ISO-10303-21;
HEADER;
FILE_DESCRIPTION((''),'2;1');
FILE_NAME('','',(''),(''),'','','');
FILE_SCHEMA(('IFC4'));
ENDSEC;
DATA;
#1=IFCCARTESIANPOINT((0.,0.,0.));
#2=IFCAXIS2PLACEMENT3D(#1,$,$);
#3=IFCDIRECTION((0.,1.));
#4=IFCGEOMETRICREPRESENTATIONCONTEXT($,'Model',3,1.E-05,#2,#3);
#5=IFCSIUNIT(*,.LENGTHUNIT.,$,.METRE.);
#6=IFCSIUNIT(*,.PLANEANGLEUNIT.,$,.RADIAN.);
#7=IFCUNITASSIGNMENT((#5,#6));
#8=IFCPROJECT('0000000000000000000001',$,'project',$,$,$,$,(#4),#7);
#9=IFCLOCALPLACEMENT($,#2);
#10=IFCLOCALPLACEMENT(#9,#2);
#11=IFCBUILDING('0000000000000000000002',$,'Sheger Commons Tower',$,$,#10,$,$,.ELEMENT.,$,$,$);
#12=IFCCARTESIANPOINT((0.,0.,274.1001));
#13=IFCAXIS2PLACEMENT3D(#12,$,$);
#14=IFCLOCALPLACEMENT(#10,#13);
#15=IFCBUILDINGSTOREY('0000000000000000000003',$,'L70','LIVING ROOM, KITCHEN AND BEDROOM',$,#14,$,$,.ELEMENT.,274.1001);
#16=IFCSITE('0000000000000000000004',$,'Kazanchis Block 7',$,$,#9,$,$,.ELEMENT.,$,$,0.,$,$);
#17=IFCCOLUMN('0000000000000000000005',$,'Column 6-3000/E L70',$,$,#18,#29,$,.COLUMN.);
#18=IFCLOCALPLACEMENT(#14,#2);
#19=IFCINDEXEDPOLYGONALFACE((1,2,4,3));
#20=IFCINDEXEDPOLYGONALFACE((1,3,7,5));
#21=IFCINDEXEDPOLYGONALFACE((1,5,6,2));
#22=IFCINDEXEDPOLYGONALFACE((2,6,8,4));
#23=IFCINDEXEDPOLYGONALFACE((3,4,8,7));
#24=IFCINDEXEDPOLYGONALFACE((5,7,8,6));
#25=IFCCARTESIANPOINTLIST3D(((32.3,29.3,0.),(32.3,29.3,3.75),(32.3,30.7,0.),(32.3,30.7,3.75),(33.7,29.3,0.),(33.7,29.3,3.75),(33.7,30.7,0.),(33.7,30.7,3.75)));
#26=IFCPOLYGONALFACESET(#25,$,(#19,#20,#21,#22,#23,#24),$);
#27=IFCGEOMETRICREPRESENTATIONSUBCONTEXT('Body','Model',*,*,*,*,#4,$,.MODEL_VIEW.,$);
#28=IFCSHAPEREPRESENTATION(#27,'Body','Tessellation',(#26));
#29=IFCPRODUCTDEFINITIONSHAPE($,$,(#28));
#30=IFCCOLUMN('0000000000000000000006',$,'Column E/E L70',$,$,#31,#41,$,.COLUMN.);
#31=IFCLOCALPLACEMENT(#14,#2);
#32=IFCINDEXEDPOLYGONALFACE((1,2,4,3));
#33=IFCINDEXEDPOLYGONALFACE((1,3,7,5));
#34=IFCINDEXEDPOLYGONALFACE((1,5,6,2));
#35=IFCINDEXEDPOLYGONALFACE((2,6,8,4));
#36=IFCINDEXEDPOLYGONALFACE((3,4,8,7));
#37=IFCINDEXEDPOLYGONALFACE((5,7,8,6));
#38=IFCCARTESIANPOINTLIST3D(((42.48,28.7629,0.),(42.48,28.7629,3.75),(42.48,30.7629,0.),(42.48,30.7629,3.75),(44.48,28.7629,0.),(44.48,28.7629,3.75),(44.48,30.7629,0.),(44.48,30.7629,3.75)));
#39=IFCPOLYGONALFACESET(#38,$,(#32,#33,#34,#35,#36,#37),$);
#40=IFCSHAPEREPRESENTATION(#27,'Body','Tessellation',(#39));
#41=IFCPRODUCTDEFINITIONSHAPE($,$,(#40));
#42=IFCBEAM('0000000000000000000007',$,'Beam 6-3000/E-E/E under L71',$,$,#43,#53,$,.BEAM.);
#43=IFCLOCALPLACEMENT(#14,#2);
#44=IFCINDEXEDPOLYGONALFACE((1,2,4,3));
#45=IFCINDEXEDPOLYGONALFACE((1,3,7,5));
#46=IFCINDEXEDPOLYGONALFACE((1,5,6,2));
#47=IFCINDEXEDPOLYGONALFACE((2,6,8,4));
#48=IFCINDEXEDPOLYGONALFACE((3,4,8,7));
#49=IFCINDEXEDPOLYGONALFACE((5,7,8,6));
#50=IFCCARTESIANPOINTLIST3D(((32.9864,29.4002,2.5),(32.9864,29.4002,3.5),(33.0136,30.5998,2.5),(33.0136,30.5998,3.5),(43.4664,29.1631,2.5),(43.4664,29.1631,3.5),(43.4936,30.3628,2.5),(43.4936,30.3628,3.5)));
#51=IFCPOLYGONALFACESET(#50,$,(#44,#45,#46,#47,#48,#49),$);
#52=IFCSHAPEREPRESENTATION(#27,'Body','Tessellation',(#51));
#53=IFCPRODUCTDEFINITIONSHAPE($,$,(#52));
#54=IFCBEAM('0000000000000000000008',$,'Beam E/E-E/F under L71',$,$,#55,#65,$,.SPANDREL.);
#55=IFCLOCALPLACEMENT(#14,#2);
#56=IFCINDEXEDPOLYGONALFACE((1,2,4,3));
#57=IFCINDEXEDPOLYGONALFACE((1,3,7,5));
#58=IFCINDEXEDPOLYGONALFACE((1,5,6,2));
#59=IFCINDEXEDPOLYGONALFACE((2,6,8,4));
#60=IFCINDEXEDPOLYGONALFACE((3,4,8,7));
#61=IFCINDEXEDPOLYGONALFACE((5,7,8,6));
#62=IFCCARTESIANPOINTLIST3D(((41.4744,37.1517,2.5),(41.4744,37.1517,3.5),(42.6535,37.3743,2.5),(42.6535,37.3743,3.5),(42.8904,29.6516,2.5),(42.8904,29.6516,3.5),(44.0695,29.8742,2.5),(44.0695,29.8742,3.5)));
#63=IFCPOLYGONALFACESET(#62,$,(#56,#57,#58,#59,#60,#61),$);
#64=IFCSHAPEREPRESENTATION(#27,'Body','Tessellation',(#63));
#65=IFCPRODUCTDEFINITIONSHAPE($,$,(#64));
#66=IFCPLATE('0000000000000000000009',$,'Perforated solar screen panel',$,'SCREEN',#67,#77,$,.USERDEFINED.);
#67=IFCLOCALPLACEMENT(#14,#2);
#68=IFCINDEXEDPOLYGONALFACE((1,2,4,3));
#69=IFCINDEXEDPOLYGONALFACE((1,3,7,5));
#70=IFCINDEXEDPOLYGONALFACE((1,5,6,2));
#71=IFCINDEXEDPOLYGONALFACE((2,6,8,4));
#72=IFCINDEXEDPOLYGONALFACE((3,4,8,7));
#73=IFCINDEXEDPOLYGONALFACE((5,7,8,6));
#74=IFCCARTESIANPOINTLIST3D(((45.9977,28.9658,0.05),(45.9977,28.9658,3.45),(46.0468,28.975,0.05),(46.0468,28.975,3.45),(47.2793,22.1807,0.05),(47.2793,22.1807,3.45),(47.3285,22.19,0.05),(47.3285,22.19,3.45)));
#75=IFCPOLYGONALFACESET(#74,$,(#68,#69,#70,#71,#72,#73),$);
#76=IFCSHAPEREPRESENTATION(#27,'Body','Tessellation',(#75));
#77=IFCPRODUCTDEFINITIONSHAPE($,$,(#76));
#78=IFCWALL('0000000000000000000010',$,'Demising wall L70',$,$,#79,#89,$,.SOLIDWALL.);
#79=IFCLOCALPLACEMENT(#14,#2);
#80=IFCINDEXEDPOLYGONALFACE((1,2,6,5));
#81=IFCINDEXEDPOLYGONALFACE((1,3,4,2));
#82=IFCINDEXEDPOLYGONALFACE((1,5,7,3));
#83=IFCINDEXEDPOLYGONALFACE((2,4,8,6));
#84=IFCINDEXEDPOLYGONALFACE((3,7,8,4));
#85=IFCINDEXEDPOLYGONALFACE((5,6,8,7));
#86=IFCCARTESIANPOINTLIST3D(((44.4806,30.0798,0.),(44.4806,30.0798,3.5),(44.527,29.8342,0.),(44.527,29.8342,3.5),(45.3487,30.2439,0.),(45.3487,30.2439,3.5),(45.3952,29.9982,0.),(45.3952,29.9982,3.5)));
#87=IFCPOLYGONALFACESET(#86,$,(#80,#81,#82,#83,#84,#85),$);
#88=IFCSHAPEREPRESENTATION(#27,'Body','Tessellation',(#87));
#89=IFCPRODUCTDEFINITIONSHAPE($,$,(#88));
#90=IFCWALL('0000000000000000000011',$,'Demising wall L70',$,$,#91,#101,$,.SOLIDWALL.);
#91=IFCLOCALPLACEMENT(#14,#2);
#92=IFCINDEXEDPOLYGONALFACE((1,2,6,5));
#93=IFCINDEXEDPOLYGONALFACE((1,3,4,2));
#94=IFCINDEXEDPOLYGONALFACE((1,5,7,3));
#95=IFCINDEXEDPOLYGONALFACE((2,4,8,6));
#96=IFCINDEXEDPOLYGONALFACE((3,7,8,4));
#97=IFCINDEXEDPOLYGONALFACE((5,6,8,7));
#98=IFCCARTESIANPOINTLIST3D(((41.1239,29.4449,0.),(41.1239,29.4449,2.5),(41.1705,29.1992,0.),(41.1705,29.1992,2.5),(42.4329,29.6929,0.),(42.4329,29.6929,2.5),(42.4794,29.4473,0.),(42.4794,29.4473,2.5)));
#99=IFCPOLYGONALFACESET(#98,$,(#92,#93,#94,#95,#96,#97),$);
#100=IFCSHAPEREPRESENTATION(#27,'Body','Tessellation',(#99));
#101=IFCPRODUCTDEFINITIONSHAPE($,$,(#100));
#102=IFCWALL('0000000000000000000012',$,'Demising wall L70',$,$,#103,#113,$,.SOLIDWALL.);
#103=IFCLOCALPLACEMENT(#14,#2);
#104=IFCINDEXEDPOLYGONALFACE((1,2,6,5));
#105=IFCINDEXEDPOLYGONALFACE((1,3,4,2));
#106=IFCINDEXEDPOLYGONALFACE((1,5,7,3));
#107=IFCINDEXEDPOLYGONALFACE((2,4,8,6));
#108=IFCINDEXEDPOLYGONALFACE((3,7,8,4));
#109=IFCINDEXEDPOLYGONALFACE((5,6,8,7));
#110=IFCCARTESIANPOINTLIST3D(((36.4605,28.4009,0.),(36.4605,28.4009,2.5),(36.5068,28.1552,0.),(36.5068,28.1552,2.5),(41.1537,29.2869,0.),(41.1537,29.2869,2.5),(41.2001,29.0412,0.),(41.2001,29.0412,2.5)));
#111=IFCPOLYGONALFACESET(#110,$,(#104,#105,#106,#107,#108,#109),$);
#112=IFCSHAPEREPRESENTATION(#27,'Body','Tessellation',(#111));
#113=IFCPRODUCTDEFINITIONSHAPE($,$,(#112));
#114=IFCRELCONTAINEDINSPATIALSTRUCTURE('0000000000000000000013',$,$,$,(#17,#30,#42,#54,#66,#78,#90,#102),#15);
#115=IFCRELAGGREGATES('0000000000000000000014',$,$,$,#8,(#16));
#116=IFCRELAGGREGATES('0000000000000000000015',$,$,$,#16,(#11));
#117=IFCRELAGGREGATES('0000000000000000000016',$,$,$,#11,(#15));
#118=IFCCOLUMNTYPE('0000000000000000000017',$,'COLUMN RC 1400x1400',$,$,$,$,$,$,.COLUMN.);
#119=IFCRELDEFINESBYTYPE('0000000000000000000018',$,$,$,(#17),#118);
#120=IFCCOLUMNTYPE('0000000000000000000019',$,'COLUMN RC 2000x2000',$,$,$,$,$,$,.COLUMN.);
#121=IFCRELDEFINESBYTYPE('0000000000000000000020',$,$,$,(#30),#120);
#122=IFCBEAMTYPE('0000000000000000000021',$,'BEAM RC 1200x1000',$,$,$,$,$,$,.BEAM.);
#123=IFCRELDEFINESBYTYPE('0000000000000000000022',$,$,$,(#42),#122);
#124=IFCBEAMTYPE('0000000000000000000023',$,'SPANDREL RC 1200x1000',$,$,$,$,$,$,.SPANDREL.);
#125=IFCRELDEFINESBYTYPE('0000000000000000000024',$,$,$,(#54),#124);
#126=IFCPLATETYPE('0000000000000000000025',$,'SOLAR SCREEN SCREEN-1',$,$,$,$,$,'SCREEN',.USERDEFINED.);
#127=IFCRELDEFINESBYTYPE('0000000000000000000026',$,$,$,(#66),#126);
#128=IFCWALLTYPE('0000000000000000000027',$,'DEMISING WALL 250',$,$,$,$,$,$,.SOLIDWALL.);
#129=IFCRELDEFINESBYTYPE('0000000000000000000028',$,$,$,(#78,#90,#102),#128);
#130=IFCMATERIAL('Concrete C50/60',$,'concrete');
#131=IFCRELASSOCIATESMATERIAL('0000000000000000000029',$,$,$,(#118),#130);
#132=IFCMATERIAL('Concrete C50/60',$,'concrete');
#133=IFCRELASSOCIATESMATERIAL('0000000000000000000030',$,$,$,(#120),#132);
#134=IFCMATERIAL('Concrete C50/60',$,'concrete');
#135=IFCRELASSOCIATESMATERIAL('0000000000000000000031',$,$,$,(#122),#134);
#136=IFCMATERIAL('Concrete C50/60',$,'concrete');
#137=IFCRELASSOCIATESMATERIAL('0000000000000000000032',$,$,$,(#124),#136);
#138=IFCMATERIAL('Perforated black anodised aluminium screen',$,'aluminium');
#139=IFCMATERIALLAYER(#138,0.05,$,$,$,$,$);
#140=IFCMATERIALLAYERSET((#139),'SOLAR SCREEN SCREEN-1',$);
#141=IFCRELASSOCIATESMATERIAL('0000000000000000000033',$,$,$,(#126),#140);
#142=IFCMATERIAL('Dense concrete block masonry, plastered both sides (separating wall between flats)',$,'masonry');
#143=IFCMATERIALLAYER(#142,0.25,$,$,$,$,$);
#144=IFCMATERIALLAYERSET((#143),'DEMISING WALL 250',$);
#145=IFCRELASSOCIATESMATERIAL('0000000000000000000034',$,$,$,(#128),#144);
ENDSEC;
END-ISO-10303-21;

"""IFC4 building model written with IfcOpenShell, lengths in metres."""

from ifc_helpers import new_model, si_unit, direction, frame, frame_2d, origin, origin_2d, place, context, subcontext, project, spatial, rectangle, extrude, material, layer, layer_set, material_profile, profile_set, type_object, element, save


model = new_model("IFC4")

# Units and contexts
model_context = context("Model", 3, precision=1e-05, world=origin(), true_north=direction((0.0, 1.0)))
body_context = subcontext(model_context, "Body", "Model", "MODEL_VIEW")
ifc_project = project(units=[si_unit("LENGTHUNIT", "METRE"), si_unit("PLANEANGLEUNIT", "RADIAN")], contexts=[model_context])

# Site, building, storey
site_placement = place(None, origin())
site = spatial("IfcSite", under=ifc_project, at=site_placement, Name="Kazanchis Block 7", CompositionType="ELEMENT", RefElevation=0.0)
building_placement = place(site_placement, origin())
building = spatial("IfcBuilding", under=site, at=building_placement, Name="Sheger Commons Tower", CompositionType="ELEMENT")
storey_placement = place(building_placement, frame((0.0, 0.0, 274.1001)))
storey = spatial("IfcBuildingStorey", under=building, at=storey_placement, Name="L70", Description="LIVING ROOM, KITCHEN AND BEDROOM", CompositionType="ELEMENT", Elevation=274.1001)

# Columns
ifc_material_1 = material(Name="Concrete C50/60", Category="concrete")
ifc_material_profile_1 = material_profile(ifc_material_1, rectangle(XDim=1.3999, YDim=1.3999, at=origin_2d()), Name="RC 1400x1400")
ifc_profile_set_1 = profile_set([ifc_material_profile_1], Name="Concrete C50/60")
column_type_1 = type_object("IfcColumnType", Name="COLUMN RC 1400x1400", PredefinedType="COLUMN", material=ifc_profile_set_1)
column_1_placement = place(storey_placement, frame((33.0, 30.0, 0.0), z_axis=(0.0, 0.0, 1.0), x_axis=(1.0, 0.0, 0.0)))
element("IfcColumn", 1, at=column_1_placement, inside=storey, type_object=column_type_1, Name="Column 6-3000/E L70", PredefinedType="COLUMN", context=body_context, shape_type="SweptSolid", body=[
    extrude(rectangle(XDim=1.3999, YDim=1.3999, at=origin_2d()), origin(), (0.0, 0.0, 1.0), 3.75),
])
ifc_material_2 = material(Name="Concrete C50/60", Category="concrete")
ifc_material_profile_2 = material_profile(ifc_material_2, rectangle(XDim=2.0, YDim=2.0, at=origin_2d()), Name="RC 2000x2000")
ifc_profile_set_2 = profile_set([ifc_material_profile_2], Name="Concrete C50/60")
column_type_2 = type_object("IfcColumnType", Name="COLUMN RC 2000x2000", PredefinedType="COLUMN", material=ifc_profile_set_2)
column_2_placement = place(storey_placement, frame((43.48, 29.7629, 0.0), z_axis=(0.0, 0.0, 1.0), x_axis=(1.0, 0.0, 0.0)))
element("IfcColumn", 2, at=column_2_placement, inside=storey, type_object=column_type_2, Name="Column E/E L70", PredefinedType="COLUMN", context=body_context, shape_type="SweptSolid", body=[
    extrude(rectangle(XDim=2.0, YDim=2.0, at=origin_2d()), origin(), (0.0, 0.0, 1.0), 3.75),
])

# Beams
ifc_material_3 = material(Name="Concrete C50/60", Category="concrete")
ifc_material_profile_3 = material_profile(ifc_material_3, rectangle(XDim=1.2, YDim=1.0, at=origin_2d()), Name="RC 1200x1000")
ifc_profile_set_3 = profile_set([ifc_material_profile_3], Name="Concrete C50/60")
beam_type_1 = type_object("IfcBeamType", Name="BEAM RC 1200x1000", PredefinedType="BEAM", material=ifc_profile_set_3)
beam_1_placement = place(storey_placement, frame((33.0, 30.0, 3.0), z_axis=(0.999744, -0.022615, 0.0), x_axis=(0.022615, 0.999744, 0.0)))
element("IfcBeam", 3, at=beam_1_placement, inside=storey, type_object=beam_type_1, Name="Beam 6-3000/E-E/E under L71", PredefinedType="BEAM", context=body_context, shape_type="SweptSolid", body=[
    extrude(rectangle(XDim=1.2, YDim=1.0, at=origin_2d()), origin(), (0.0, 0.0, 1.0), 10.4827),
])
ifc_material_4 = material(Name="Concrete C50/60", Category="concrete")
ifc_material_profile_4 = material_profile(ifc_material_4, rectangle(XDim=1.2, YDim=1.0, at=origin_2d()), Name="RC 1200x1000")
ifc_profile_set_4 = profile_set([ifc_material_profile_4], Name="Concrete C50/60")
beam_type_2 = type_object("IfcBeamType", Name="SPANDREL RC 1200x1000", PredefinedType="SPANDREL", material=ifc_profile_set_4)
beam_2_placement = place(storey_placement, frame((43.48, 29.7629, 3.0), z_axis=(-0.185524, 0.98264, 0.0), x_axis=(-0.98264, -0.185524, 0.0)))
element("IfcBeam", 4, at=beam_2_placement, inside=storey, type_object=beam_type_2, Name="Beam E/E-E/F under L71", PredefinedType="SPANDREL", context=body_context, shape_type="SweptSolid", body=[
    extrude(rectangle(XDim=1.2, YDim=1.0, at=origin_2d()), origin(), (0.0, 0.0, 1.0), 7.6326),
])

# Plate
ifc_material_5 = material(Name="Perforated black anodised aluminium screen", Category="aluminium")
ifc_layer_1 = layer(ifc_material_5, 0.05)
ifc_layer_set_1 = layer_set([ifc_layer_1], Name="SOLAR SCREEN SCREEN-1")
plate_type = type_object("IfcPlateType", Name="SOLAR SCREEN SCREEN-1", ElementType="SCREEN", PredefinedType="USERDEFINED", material=ifc_layer_set_1)
plate_placement = place(storey_placement, frame((46.6631, 25.5779, 0.05), z_axis=(0.0, 0.0, 1.0), x_axis=(-0.185615, 0.982623, 0.0)))
element("IfcPlate", 5, at=plate_placement, inside=storey, type_object=plate_type, Name="Perforated solar screen panel", ObjectType="SCREEN", PredefinedType="USERDEFINED", context=body_context, shape_type="SweptSolid", body=[
    extrude(rectangle(XDim=6.905, YDim=0.05, at=origin_2d()), origin(), (0.0, 0.0, 1.0), 3.3999),
])

# Walls
ifc_material_6 = material(Name="Dense concrete block masonry, plastered both sides (separating wall between flats)", Category="masonry")
ifc_layer_2 = layer(ifc_material_6, 0.25)
ifc_layer_set_2 = layer_set([ifc_layer_2], Name="DEMISING WALL 250")
wall_type_1 = type_object("IfcWallType", Name="DEMISING WALL 250", PredefinedType="SOLIDWALL", material=ifc_layer_set_2)
wall_1_placement = place(storey_placement, frame((45.3721, 30.1211, 0.0), z_axis=(0.0, 0.0, 1.0), x_axis=(-0.982608, -0.18569, 0.0)))
element("IfcWall", 6, at=wall_1_placement, inside=storey, type_object=wall_type_1, Name="Demising wall L70", PredefinedType="SOLIDWALL", context=body_context, shape_type="SweptSolid", body=[
    extrude(rectangle(XDim=0.8835, YDim=0.25, at=frame_2d((0.4419, 0.0))), origin(), (0.0, 0.0, 1.0), 3.5),
])
wall_2_placement = place(storey_placement, frame((42.4561, 29.5701, 0.0), z_axis=(0.0, 0.0, 1.0), x_axis=(-0.982518, -0.186169, 0.0)))
element("IfcWall", 7, at=wall_2_placement, inside=storey, type_object=wall_type_1, Name="Demising wall L70", PredefinedType="SOLIDWALL", context=body_context, shape_type="SweptSolid", body=[
    extrude(rectangle(XDim=1.3323, YDim=0.25, at=frame_2d((0.666, 0.0))), origin(), (0.0, 0.0, 1.0), 2.5),
])
wall_3_placement = place(storey_placement, frame((41.177, 29.1641, 0.0), z_axis=(0.0, 0.0, 1.0), x_axis=(-0.982643, -0.185508, 0.0)))
element("IfcWall", 8, at=wall_3_placement, inside=storey, type_object=wall_type_1, Name="Demising wall L70", PredefinedType="SOLIDWALL", context=body_context, shape_type="SweptSolid", body=[
    extrude(rectangle(XDim=4.7761, YDim=0.25, at=frame_2d((2.3882, 0.0))), origin(), (0.0, 0.0, 1.0), 2.5),
])

save(model, "model.ifc")
